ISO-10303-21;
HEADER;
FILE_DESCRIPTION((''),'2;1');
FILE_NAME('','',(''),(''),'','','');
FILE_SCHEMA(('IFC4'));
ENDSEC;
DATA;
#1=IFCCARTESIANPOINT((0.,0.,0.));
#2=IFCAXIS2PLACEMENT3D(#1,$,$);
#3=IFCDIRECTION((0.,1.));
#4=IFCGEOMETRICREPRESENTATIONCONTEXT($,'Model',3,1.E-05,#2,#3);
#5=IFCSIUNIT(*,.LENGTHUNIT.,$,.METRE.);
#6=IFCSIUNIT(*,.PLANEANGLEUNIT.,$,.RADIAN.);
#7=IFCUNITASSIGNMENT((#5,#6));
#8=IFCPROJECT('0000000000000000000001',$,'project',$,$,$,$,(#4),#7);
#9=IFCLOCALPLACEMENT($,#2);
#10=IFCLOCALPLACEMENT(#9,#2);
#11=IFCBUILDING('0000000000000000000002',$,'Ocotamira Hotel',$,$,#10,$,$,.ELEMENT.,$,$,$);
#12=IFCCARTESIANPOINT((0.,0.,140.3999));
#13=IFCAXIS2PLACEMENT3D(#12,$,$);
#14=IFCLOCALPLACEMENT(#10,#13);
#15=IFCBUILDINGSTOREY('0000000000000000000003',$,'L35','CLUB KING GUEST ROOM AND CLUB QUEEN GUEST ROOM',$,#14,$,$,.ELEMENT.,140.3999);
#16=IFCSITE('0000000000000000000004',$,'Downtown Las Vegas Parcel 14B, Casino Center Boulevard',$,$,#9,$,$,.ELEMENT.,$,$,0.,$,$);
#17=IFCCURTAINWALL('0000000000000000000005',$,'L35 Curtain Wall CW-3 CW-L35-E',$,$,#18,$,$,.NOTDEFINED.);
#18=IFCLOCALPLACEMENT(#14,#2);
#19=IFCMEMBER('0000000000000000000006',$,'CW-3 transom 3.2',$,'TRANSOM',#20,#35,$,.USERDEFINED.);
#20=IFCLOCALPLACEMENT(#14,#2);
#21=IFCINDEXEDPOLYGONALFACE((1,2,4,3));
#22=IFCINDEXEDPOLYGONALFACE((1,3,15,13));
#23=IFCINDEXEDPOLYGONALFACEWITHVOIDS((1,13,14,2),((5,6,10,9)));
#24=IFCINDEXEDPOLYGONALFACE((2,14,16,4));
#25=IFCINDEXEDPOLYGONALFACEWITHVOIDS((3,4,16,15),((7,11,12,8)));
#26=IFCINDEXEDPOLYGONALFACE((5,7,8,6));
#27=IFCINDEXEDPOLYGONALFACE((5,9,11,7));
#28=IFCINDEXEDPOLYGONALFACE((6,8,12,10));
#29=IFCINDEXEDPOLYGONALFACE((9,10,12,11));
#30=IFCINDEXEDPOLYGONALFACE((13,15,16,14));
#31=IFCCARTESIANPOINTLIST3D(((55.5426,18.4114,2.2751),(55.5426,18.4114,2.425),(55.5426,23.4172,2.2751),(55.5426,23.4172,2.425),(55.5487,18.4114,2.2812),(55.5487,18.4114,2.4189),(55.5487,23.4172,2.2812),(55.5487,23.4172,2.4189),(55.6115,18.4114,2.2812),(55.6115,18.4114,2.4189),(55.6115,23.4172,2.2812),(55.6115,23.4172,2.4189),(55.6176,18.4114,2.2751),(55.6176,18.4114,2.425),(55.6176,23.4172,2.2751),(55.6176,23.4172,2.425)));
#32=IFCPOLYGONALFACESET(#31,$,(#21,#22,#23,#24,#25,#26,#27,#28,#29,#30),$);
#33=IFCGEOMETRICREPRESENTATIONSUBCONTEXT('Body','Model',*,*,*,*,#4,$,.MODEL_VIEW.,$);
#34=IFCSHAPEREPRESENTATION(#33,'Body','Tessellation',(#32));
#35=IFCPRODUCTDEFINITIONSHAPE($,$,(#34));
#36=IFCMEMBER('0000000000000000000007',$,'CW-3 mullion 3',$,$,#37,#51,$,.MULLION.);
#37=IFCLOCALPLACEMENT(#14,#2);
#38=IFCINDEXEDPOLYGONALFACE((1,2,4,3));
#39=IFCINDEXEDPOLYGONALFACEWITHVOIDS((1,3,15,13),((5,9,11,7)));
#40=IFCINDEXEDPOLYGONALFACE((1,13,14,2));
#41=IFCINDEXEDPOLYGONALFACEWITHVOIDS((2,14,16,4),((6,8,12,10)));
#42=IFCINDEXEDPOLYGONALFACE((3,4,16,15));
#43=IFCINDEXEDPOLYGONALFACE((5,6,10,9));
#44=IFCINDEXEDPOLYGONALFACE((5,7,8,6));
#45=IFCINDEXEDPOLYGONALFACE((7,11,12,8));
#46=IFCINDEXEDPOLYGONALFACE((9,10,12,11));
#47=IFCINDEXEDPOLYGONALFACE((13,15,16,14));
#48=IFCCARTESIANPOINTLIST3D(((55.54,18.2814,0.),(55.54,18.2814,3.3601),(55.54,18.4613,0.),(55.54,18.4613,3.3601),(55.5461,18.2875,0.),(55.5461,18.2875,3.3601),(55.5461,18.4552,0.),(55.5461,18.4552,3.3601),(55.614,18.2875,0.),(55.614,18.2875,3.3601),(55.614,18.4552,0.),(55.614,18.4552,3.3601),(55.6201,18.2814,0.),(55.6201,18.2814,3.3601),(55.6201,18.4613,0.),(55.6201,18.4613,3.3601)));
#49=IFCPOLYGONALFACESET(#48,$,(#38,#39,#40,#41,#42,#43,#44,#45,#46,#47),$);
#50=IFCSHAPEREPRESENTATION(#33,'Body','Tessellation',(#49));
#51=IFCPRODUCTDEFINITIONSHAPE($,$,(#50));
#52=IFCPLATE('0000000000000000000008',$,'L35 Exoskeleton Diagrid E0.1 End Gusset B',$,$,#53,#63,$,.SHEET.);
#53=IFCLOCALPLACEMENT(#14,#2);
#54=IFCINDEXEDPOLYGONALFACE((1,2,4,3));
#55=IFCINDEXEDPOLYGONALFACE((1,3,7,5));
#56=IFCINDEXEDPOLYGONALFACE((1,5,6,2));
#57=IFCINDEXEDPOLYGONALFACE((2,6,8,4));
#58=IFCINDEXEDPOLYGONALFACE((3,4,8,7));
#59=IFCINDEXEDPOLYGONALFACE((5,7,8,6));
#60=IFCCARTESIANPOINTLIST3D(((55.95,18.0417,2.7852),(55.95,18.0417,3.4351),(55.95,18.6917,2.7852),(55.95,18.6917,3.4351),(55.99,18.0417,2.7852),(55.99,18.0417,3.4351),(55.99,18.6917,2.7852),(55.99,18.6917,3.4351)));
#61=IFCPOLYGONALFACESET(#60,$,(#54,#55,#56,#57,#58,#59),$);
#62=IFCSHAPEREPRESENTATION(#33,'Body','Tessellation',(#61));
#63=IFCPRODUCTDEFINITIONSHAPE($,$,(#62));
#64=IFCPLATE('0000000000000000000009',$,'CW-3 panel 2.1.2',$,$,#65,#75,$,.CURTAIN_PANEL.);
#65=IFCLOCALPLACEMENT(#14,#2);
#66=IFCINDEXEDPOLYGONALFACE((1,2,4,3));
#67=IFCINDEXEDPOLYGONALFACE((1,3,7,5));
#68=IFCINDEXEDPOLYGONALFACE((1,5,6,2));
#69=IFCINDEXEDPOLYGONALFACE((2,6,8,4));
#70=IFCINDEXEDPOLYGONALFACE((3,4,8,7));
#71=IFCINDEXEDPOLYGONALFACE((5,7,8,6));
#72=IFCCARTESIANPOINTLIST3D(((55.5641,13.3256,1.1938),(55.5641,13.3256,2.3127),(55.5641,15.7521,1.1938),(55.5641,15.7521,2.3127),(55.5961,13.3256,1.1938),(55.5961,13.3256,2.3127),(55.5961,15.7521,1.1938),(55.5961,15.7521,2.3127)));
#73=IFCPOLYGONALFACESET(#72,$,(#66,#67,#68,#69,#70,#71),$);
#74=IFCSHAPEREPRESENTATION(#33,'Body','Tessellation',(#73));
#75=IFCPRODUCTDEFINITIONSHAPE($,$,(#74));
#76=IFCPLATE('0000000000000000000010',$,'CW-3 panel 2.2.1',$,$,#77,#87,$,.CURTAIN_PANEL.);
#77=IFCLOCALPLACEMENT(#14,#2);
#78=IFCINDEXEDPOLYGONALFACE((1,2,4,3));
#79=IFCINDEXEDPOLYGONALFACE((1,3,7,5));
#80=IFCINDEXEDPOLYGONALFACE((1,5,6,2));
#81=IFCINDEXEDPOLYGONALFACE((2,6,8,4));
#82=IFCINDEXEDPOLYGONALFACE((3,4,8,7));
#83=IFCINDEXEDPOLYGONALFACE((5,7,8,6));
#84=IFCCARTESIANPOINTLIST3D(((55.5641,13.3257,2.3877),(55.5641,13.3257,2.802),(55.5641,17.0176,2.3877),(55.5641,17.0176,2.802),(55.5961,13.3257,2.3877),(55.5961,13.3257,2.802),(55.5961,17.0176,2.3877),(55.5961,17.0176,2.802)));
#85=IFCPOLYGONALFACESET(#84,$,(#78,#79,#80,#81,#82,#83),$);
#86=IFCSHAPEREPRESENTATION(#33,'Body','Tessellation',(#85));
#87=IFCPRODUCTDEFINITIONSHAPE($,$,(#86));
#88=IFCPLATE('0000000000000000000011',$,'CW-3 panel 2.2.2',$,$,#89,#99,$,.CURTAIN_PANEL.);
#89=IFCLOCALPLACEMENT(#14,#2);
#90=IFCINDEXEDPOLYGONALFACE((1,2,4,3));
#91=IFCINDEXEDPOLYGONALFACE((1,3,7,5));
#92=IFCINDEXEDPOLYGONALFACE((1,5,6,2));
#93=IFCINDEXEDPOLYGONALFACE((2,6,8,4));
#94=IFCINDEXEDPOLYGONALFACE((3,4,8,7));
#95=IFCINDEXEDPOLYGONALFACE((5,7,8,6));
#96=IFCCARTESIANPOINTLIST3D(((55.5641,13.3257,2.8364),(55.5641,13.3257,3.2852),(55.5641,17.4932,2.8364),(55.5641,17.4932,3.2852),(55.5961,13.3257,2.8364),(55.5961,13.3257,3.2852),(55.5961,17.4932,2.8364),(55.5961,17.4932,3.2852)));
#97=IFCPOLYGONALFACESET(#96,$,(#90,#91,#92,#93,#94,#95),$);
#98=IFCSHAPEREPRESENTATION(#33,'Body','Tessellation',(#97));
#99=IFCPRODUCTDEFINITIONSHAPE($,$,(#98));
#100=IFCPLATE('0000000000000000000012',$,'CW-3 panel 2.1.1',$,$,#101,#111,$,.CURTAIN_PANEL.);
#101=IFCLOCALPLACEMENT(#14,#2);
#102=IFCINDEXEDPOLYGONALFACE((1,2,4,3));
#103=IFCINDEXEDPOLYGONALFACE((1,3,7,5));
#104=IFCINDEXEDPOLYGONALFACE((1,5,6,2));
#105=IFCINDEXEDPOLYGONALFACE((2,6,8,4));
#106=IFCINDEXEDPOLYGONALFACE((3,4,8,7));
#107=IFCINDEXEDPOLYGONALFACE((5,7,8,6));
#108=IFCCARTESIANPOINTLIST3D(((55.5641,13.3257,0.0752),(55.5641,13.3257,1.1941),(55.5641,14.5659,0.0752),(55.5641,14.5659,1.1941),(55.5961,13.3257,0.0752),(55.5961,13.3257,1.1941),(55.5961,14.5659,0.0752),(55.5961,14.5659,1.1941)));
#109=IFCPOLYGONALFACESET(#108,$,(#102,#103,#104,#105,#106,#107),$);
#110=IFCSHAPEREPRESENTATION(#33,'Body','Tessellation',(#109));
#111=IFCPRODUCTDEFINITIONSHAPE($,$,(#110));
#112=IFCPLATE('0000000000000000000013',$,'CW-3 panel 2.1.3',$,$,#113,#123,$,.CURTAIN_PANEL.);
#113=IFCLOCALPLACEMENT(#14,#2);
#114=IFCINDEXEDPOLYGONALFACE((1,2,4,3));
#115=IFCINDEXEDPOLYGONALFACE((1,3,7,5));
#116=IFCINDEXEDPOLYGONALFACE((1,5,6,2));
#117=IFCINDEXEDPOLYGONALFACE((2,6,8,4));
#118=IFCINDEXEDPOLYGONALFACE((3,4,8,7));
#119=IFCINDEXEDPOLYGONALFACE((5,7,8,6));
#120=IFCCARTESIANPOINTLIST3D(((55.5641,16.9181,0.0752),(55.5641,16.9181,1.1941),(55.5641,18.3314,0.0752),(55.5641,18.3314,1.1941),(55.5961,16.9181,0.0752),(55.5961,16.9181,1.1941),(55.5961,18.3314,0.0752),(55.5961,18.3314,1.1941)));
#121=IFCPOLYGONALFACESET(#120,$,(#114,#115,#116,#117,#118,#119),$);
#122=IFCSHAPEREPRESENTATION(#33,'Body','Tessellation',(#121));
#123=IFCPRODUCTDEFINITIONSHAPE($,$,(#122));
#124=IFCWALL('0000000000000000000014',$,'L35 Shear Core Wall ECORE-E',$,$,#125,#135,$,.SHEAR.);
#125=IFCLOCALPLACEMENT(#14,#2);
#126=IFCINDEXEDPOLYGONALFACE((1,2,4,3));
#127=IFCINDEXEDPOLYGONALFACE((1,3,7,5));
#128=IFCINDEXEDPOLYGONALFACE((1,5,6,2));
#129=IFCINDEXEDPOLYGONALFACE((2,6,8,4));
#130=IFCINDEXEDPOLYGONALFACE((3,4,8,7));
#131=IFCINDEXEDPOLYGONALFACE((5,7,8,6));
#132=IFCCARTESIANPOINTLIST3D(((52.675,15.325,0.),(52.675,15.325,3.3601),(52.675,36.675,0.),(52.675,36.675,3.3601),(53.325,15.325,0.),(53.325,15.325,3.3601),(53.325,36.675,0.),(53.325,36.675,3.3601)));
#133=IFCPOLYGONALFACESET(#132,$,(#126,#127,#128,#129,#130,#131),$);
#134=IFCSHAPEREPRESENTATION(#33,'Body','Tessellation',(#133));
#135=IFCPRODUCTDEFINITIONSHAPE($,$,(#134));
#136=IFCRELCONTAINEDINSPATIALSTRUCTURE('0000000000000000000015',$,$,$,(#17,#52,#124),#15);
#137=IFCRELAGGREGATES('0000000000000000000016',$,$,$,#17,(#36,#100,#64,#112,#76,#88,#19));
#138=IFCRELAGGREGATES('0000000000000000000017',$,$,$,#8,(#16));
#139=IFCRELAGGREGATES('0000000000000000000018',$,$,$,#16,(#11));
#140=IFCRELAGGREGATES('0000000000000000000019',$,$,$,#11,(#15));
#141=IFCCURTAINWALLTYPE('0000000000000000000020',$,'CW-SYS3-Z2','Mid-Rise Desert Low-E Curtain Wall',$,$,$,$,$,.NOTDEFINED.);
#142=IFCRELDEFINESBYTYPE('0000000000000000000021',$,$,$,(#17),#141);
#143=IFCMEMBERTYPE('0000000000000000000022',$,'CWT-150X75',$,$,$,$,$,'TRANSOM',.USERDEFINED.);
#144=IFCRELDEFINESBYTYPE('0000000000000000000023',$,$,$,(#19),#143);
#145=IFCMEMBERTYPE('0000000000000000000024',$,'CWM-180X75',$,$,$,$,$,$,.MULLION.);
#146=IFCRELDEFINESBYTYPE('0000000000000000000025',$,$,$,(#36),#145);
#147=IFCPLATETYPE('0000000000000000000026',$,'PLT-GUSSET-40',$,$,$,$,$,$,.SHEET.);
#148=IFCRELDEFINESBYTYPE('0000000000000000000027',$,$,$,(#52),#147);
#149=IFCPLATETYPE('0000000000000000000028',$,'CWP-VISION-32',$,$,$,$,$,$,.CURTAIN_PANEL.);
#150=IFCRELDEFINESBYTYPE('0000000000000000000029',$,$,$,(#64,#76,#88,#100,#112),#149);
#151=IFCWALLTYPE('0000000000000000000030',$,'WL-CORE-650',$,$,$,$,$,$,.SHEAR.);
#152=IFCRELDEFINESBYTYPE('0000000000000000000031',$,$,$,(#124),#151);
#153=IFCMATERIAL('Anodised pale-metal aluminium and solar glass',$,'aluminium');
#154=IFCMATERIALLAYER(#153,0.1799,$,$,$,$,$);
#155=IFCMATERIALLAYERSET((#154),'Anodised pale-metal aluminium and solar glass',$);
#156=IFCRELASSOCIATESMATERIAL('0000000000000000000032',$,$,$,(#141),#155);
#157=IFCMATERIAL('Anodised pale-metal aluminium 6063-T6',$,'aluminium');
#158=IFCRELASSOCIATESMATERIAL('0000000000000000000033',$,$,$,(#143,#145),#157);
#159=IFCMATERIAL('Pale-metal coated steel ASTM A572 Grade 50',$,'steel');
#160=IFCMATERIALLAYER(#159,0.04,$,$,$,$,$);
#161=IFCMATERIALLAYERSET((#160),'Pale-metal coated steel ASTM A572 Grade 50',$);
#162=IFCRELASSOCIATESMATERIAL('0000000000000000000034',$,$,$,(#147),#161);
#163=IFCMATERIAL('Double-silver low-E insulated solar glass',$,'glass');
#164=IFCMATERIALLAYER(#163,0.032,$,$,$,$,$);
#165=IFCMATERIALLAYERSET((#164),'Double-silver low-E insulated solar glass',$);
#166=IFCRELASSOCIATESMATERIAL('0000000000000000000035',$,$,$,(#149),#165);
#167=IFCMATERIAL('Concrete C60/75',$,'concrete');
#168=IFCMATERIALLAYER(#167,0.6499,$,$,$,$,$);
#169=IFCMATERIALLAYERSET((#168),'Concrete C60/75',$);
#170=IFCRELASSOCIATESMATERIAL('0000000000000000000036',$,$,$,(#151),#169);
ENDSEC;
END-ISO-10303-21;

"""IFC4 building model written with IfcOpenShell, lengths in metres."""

from ifc_helpers import new_model, si_unit, direction, frame, frame_2d, origin, origin_2d, place, context, subcontext, project, spatial, rectangle, hollow_rectangle, extrude, source, transform, mapped, material, layer, layer_set, material_profile, profile_set, type_object, element, aggregate, save


model = new_model("IFC4")

# Units and contexts
model_context = context("Model", 3, precision=1e-05, world=origin(), true_north=direction((0.0, 1.0)))
body_context = subcontext(model_context, "Body", "Model", "MODEL_VIEW")
ifc_project = project(units=[si_unit("LENGTHUNIT", "METRE"), si_unit("PLANEANGLEUNIT", "RADIAN")], contexts=[model_context])

# Site, building, storey
site_placement = place(None, origin())
site = spatial("IfcSite", under=ifc_project, at=site_placement, Name="Downtown Las Vegas Parcel 14B, Casino Center Boulevard", CompositionType="ELEMENT", RefElevation=0.0)
building_placement = place(site_placement, origin())
building = spatial("IfcBuilding", under=site, at=building_placement, Name="Ocotamira Hotel", CompositionType="ELEMENT")
storey_placement = place(building_placement, frame((0.0, 0.0, 140.3999)))
storey = spatial("IfcBuildingStorey", under=building, at=storey_placement, Name="L35", Description="CLUB KING GUEST ROOM AND CLUB QUEEN GUEST ROOM", CompositionType="ELEMENT", Elevation=140.3999)

# Curtain wall, members
ifc_material_1 = material(Name="Anodised pale-metal aluminium and solar glass", Category="aluminium")
ifc_layer_1 = layer(ifc_material_1, 0.1799)
ifc_layer_set_1 = layer_set([ifc_layer_1], Name="Anodised pale-metal aluminium and solar glass")
curtain_wall_type = type_object("IfcCurtainWallType", Name="CW-SYS3-Z2", Description="Mid-Rise Desert Low-E Curtain Wall", PredefinedType="NOTDEFINED", material=ifc_layer_set_1)
curtain_wall_placement = place(storey_placement, origin())
curtain_wall = element("IfcCurtainWall", 1, at=curtain_wall_placement, inside=storey, type_object=curtain_wall_type, Name="L35 Curtain Wall CW-3 CW-L35-E", PredefinedType="NOTDEFINED")
ifc_material_2 = material(Name="Anodised pale-metal aluminium 6063-T6", Category="aluminium")
ifc_material_profile_1 = material_profile(ifc_material_2, hollow_rectangle(XDim=0.075, YDim=0.1499, WallThickness=0.0061, at=origin_2d()), Name="HSS150X75X6")
ifc_profile_set_1 = profile_set([ifc_material_profile_1], Name="Anodised pale-metal aluminium 6063-T6")
member_type_1 = type_object("IfcMemberType", Name="CWT-150X75", ElementType="TRANSOM", PredefinedType="USERDEFINED", material=ifc_profile_set_1)
shared_shape_1 = source(origin(), body_context, "Body", "SweptSolid", [
    extrude(hollow_rectangle(XDim=0.075, YDim=0.1499, WallThickness=0.0061, at=origin_2d()), origin(), (0.0, 0.0, 1.0), 5.0059),
])
member_1_placement = place(storey_placement, frame((55.5801, 18.4114, 2.3501), z_axis=(0.0, 1.0, 0.0), x_axis=(-1.0, 0.0, 0.0)))
member_1 = element("IfcMember", 2, at=member_1_placement, type_object=member_type_1, Name="CW-3 transom 3.2", ObjectType="TRANSOM", PredefinedType="USERDEFINED", context=body_context, shape_type="MappedRepresentation", body=[
    mapped(shared_shape_1, transform((0.0, 0.0, 0.0), scale=1.0)),
])
ifc_material_profile_2 = material_profile(ifc_material_2, hollow_rectangle(XDim=0.0801, YDim=0.1799, WallThickness=0.0061, at=origin_2d()), Name="HSS180X80X6")
ifc_profile_set_2 = profile_set([ifc_material_profile_2], Name="Anodised pale-metal aluminium 6063-T6")
member_type_2 = type_object("IfcMemberType", Name="CWM-180X75", PredefinedType="MULLION", material=ifc_profile_set_2)
shared_shape_2 = source(origin(), body_context, "Body", "SweptSolid", [
    extrude(hollow_rectangle(XDim=0.0801, YDim=0.1799, WallThickness=0.0061, at=origin_2d()), origin(), (0.0, 0.0, 1.0), 3.3601),
])
member_2_placement = place(storey_placement, frame((55.5801, 18.3713, 0.0), z_axis=(0.0, 0.0, 1.0), x_axis=(-1.0, 0.0, 0.0)))
member_2 = element("IfcMember", 3, at=member_2_placement, type_object=member_type_2, Name="CW-3 mullion 3", PredefinedType="MULLION", context=body_context, shape_type="MappedRepresentation", body=[
    mapped(shared_shape_2, transform((0.0, 0.0, 0.0), scale=1.0)),
])

# Plates
ifc_material_3 = material(Name="Pale-metal coated steel ASTM A572 Grade 50", Category="steel")
ifc_layer_2 = layer(ifc_material_3, 0.04)
ifc_layer_set_2 = layer_set([ifc_layer_2], Name="Pale-metal coated steel ASTM A572 Grade 50")
plate_type_1 = type_object("IfcPlateType", Name="PLT-GUSSET-40", PredefinedType="SHEET", material=ifc_layer_set_2)
shared_shape_3 = source(origin(), body_context, "Body", "SweptSolid", [
    extrude(rectangle(XDim=0.04, YDim=0.6499, at=origin_2d()), origin(), (0.0, 0.0, 1.0), 0.6499),
])
plate_1_placement = place(storey_placement, frame((55.97, 18.3667, 2.7852), z_axis=(0.0, 0.0, 1.0), x_axis=(1.0, 0.0, 0.0)))
element("IfcPlate", 4, at=plate_1_placement, inside=storey, type_object=plate_type_1, Name="L35 Exoskeleton Diagrid E0.1 End Gusset B", PredefinedType="SHEET", context=body_context, shape_type="MappedRepresentation", body=[
    mapped(shared_shape_3, transform((0.0, 0.0, 0.0), scale=1.0)),
])
ifc_material_4 = material(Name="Double-silver low-E insulated solar glass", Category="glass")
ifc_layer_3 = layer(ifc_material_4, 0.032)
ifc_layer_set_3 = layer_set([ifc_layer_3], Name="Double-silver low-E insulated solar glass")
plate_type_2 = type_object("IfcPlateType", Name="CWP-VISION-32", PredefinedType="CURTAIN_PANEL", material=ifc_layer_set_3)
shared_shape_4 = source(origin(), body_context, "Body", "SweptSolid", [
    extrude(rectangle(XDim=2.4265, YDim=0.032, at=origin_2d()), origin(), (0.0, 0.0, 1.0), 1.1189),
])
plate_2_placement = place(storey_placement, frame((55.5801, 14.5388, 1.1938), z_axis=(0.0, 0.0, 1.0), x_axis=(0.0, 1.0, 0.0)))
plate_2 = element("IfcPlate", 5, at=plate_2_placement, type_object=plate_type_2, Name="CW-3 panel 2.1.2", PredefinedType="CURTAIN_PANEL", context=body_context, shape_type="MappedRepresentation", body=[
    mapped(shared_shape_4, transform((0.0, 0.0, 0.0), scale=1.0)),
])
shared_shape_5 = source(origin(), body_context, "Body", "SweptSolid", [
    extrude(rectangle(XDim=3.6919, YDim=0.032, at=origin_2d()), origin(), (0.0, 0.0, 1.0), 0.4143),
])
plate_3_placement = place(storey_placement, frame((55.5801, 15.1716, 2.3877), z_axis=(0.0, 0.0, 1.0), x_axis=(0.0, 1.0, 0.0)))
plate_3 = element("IfcPlate", 6, at=plate_3_placement, type_object=plate_type_2, Name="CW-3 panel 2.2.1", PredefinedType="CURTAIN_PANEL", context=body_context, shape_type="MappedRepresentation", body=[
    mapped(shared_shape_5, transform((0.0, 0.0, 0.0), scale=1.0)),
])
shared_shape_6 = source(origin(), body_context, "Body", "SweptSolid", [
    extrude(rectangle(XDim=4.1675, YDim=0.032, at=origin_2d()), origin(), (0.0, 0.0, 1.0), 0.4487),
])
plate_4_placement = place(storey_placement, frame((55.5801, 15.4094, 2.8364), z_axis=(0.0, 0.0, 1.0), x_axis=(0.0, 1.0, 0.0)))
plate_4 = element("IfcPlate", 7, at=plate_4_placement, type_object=plate_type_2, Name="CW-3 panel 2.2.2", PredefinedType="CURTAIN_PANEL", context=body_context, shape_type="MappedRepresentation", body=[
    mapped(shared_shape_6, transform((0.0, 0.0, 0.0), scale=1.0)),
])
shared_shape_7 = source(origin(), body_context, "Body", "SweptSolid", [
    extrude(rectangle(XDim=1.2402, YDim=0.032, at=origin_2d()), origin(), (0.0, 0.0, 1.0), 1.1189),
])
plate_5_placement = place(storey_placement, frame((55.5801, 13.9458, 0.0752), z_axis=(0.0, 0.0, 1.0), x_axis=(0.0, 1.0, 0.0)))
plate_5 = element("IfcPlate", 8, at=plate_5_placement, type_object=plate_type_2, Name="CW-3 panel 2.1.1", PredefinedType="CURTAIN_PANEL", context=body_context, shape_type="MappedRepresentation", body=[
    mapped(shared_shape_7, transform((0.0, 0.0, 0.0), scale=1.0)),
])
shared_shape_8 = source(origin(), body_context, "Body", "SweptSolid", [
    extrude(rectangle(XDim=1.4133, YDim=0.032, at=origin_2d()), origin(), (0.0, 0.0, 1.0), 1.1189),
])
plate_6_placement = place(storey_placement, frame((55.5801, 17.6248, 0.0752), z_axis=(0.0, 0.0, 1.0), x_axis=(0.0, 1.0, 0.0)))
plate_6 = element("IfcPlate", 9, at=plate_6_placement, type_object=plate_type_2, Name="CW-3 panel 2.1.3", PredefinedType="CURTAIN_PANEL", context=body_context, shape_type="MappedRepresentation", body=[
    mapped(shared_shape_8, transform((0.0, 0.0, 0.0), scale=1.0)),
])
aggregate(curtain_wall, [member_2, plate_5, plate_2, plate_6, plate_3, plate_4, member_1])

# Wall
ifc_material_5 = material(Name="Concrete C60/75", Category="concrete")
ifc_layer_4 = layer(ifc_material_5, 0.6499)
ifc_layer_set_4 = layer_set([ifc_layer_4], Name="Concrete C60/75")
wall_type_1 = type_object("IfcWallType", Name="WL-CORE-650", PredefinedType="SHEAR", material=ifc_layer_set_4)
wall_1_placement = place(storey_placement, frame((53.0, 15.325, 0.0), z_axis=(0.0, 0.0, 1.0), x_axis=(0.0, 1.0, 0.0)))
element("IfcWall", 10, at=wall_1_placement, inside=storey, type_object=wall_type_1, Name="L35 Shear Core Wall ECORE-E", PredefinedType="SHEAR", context=body_context, shape_type="SweptSolid", body=[
    extrude(rectangle(XDim=21.3501, YDim=0.6499, at=frame_2d((10.675, 0.0))), origin(), (0.0, 0.0, 1.0), 3.3601),
])

save(model, "model.ifc")
